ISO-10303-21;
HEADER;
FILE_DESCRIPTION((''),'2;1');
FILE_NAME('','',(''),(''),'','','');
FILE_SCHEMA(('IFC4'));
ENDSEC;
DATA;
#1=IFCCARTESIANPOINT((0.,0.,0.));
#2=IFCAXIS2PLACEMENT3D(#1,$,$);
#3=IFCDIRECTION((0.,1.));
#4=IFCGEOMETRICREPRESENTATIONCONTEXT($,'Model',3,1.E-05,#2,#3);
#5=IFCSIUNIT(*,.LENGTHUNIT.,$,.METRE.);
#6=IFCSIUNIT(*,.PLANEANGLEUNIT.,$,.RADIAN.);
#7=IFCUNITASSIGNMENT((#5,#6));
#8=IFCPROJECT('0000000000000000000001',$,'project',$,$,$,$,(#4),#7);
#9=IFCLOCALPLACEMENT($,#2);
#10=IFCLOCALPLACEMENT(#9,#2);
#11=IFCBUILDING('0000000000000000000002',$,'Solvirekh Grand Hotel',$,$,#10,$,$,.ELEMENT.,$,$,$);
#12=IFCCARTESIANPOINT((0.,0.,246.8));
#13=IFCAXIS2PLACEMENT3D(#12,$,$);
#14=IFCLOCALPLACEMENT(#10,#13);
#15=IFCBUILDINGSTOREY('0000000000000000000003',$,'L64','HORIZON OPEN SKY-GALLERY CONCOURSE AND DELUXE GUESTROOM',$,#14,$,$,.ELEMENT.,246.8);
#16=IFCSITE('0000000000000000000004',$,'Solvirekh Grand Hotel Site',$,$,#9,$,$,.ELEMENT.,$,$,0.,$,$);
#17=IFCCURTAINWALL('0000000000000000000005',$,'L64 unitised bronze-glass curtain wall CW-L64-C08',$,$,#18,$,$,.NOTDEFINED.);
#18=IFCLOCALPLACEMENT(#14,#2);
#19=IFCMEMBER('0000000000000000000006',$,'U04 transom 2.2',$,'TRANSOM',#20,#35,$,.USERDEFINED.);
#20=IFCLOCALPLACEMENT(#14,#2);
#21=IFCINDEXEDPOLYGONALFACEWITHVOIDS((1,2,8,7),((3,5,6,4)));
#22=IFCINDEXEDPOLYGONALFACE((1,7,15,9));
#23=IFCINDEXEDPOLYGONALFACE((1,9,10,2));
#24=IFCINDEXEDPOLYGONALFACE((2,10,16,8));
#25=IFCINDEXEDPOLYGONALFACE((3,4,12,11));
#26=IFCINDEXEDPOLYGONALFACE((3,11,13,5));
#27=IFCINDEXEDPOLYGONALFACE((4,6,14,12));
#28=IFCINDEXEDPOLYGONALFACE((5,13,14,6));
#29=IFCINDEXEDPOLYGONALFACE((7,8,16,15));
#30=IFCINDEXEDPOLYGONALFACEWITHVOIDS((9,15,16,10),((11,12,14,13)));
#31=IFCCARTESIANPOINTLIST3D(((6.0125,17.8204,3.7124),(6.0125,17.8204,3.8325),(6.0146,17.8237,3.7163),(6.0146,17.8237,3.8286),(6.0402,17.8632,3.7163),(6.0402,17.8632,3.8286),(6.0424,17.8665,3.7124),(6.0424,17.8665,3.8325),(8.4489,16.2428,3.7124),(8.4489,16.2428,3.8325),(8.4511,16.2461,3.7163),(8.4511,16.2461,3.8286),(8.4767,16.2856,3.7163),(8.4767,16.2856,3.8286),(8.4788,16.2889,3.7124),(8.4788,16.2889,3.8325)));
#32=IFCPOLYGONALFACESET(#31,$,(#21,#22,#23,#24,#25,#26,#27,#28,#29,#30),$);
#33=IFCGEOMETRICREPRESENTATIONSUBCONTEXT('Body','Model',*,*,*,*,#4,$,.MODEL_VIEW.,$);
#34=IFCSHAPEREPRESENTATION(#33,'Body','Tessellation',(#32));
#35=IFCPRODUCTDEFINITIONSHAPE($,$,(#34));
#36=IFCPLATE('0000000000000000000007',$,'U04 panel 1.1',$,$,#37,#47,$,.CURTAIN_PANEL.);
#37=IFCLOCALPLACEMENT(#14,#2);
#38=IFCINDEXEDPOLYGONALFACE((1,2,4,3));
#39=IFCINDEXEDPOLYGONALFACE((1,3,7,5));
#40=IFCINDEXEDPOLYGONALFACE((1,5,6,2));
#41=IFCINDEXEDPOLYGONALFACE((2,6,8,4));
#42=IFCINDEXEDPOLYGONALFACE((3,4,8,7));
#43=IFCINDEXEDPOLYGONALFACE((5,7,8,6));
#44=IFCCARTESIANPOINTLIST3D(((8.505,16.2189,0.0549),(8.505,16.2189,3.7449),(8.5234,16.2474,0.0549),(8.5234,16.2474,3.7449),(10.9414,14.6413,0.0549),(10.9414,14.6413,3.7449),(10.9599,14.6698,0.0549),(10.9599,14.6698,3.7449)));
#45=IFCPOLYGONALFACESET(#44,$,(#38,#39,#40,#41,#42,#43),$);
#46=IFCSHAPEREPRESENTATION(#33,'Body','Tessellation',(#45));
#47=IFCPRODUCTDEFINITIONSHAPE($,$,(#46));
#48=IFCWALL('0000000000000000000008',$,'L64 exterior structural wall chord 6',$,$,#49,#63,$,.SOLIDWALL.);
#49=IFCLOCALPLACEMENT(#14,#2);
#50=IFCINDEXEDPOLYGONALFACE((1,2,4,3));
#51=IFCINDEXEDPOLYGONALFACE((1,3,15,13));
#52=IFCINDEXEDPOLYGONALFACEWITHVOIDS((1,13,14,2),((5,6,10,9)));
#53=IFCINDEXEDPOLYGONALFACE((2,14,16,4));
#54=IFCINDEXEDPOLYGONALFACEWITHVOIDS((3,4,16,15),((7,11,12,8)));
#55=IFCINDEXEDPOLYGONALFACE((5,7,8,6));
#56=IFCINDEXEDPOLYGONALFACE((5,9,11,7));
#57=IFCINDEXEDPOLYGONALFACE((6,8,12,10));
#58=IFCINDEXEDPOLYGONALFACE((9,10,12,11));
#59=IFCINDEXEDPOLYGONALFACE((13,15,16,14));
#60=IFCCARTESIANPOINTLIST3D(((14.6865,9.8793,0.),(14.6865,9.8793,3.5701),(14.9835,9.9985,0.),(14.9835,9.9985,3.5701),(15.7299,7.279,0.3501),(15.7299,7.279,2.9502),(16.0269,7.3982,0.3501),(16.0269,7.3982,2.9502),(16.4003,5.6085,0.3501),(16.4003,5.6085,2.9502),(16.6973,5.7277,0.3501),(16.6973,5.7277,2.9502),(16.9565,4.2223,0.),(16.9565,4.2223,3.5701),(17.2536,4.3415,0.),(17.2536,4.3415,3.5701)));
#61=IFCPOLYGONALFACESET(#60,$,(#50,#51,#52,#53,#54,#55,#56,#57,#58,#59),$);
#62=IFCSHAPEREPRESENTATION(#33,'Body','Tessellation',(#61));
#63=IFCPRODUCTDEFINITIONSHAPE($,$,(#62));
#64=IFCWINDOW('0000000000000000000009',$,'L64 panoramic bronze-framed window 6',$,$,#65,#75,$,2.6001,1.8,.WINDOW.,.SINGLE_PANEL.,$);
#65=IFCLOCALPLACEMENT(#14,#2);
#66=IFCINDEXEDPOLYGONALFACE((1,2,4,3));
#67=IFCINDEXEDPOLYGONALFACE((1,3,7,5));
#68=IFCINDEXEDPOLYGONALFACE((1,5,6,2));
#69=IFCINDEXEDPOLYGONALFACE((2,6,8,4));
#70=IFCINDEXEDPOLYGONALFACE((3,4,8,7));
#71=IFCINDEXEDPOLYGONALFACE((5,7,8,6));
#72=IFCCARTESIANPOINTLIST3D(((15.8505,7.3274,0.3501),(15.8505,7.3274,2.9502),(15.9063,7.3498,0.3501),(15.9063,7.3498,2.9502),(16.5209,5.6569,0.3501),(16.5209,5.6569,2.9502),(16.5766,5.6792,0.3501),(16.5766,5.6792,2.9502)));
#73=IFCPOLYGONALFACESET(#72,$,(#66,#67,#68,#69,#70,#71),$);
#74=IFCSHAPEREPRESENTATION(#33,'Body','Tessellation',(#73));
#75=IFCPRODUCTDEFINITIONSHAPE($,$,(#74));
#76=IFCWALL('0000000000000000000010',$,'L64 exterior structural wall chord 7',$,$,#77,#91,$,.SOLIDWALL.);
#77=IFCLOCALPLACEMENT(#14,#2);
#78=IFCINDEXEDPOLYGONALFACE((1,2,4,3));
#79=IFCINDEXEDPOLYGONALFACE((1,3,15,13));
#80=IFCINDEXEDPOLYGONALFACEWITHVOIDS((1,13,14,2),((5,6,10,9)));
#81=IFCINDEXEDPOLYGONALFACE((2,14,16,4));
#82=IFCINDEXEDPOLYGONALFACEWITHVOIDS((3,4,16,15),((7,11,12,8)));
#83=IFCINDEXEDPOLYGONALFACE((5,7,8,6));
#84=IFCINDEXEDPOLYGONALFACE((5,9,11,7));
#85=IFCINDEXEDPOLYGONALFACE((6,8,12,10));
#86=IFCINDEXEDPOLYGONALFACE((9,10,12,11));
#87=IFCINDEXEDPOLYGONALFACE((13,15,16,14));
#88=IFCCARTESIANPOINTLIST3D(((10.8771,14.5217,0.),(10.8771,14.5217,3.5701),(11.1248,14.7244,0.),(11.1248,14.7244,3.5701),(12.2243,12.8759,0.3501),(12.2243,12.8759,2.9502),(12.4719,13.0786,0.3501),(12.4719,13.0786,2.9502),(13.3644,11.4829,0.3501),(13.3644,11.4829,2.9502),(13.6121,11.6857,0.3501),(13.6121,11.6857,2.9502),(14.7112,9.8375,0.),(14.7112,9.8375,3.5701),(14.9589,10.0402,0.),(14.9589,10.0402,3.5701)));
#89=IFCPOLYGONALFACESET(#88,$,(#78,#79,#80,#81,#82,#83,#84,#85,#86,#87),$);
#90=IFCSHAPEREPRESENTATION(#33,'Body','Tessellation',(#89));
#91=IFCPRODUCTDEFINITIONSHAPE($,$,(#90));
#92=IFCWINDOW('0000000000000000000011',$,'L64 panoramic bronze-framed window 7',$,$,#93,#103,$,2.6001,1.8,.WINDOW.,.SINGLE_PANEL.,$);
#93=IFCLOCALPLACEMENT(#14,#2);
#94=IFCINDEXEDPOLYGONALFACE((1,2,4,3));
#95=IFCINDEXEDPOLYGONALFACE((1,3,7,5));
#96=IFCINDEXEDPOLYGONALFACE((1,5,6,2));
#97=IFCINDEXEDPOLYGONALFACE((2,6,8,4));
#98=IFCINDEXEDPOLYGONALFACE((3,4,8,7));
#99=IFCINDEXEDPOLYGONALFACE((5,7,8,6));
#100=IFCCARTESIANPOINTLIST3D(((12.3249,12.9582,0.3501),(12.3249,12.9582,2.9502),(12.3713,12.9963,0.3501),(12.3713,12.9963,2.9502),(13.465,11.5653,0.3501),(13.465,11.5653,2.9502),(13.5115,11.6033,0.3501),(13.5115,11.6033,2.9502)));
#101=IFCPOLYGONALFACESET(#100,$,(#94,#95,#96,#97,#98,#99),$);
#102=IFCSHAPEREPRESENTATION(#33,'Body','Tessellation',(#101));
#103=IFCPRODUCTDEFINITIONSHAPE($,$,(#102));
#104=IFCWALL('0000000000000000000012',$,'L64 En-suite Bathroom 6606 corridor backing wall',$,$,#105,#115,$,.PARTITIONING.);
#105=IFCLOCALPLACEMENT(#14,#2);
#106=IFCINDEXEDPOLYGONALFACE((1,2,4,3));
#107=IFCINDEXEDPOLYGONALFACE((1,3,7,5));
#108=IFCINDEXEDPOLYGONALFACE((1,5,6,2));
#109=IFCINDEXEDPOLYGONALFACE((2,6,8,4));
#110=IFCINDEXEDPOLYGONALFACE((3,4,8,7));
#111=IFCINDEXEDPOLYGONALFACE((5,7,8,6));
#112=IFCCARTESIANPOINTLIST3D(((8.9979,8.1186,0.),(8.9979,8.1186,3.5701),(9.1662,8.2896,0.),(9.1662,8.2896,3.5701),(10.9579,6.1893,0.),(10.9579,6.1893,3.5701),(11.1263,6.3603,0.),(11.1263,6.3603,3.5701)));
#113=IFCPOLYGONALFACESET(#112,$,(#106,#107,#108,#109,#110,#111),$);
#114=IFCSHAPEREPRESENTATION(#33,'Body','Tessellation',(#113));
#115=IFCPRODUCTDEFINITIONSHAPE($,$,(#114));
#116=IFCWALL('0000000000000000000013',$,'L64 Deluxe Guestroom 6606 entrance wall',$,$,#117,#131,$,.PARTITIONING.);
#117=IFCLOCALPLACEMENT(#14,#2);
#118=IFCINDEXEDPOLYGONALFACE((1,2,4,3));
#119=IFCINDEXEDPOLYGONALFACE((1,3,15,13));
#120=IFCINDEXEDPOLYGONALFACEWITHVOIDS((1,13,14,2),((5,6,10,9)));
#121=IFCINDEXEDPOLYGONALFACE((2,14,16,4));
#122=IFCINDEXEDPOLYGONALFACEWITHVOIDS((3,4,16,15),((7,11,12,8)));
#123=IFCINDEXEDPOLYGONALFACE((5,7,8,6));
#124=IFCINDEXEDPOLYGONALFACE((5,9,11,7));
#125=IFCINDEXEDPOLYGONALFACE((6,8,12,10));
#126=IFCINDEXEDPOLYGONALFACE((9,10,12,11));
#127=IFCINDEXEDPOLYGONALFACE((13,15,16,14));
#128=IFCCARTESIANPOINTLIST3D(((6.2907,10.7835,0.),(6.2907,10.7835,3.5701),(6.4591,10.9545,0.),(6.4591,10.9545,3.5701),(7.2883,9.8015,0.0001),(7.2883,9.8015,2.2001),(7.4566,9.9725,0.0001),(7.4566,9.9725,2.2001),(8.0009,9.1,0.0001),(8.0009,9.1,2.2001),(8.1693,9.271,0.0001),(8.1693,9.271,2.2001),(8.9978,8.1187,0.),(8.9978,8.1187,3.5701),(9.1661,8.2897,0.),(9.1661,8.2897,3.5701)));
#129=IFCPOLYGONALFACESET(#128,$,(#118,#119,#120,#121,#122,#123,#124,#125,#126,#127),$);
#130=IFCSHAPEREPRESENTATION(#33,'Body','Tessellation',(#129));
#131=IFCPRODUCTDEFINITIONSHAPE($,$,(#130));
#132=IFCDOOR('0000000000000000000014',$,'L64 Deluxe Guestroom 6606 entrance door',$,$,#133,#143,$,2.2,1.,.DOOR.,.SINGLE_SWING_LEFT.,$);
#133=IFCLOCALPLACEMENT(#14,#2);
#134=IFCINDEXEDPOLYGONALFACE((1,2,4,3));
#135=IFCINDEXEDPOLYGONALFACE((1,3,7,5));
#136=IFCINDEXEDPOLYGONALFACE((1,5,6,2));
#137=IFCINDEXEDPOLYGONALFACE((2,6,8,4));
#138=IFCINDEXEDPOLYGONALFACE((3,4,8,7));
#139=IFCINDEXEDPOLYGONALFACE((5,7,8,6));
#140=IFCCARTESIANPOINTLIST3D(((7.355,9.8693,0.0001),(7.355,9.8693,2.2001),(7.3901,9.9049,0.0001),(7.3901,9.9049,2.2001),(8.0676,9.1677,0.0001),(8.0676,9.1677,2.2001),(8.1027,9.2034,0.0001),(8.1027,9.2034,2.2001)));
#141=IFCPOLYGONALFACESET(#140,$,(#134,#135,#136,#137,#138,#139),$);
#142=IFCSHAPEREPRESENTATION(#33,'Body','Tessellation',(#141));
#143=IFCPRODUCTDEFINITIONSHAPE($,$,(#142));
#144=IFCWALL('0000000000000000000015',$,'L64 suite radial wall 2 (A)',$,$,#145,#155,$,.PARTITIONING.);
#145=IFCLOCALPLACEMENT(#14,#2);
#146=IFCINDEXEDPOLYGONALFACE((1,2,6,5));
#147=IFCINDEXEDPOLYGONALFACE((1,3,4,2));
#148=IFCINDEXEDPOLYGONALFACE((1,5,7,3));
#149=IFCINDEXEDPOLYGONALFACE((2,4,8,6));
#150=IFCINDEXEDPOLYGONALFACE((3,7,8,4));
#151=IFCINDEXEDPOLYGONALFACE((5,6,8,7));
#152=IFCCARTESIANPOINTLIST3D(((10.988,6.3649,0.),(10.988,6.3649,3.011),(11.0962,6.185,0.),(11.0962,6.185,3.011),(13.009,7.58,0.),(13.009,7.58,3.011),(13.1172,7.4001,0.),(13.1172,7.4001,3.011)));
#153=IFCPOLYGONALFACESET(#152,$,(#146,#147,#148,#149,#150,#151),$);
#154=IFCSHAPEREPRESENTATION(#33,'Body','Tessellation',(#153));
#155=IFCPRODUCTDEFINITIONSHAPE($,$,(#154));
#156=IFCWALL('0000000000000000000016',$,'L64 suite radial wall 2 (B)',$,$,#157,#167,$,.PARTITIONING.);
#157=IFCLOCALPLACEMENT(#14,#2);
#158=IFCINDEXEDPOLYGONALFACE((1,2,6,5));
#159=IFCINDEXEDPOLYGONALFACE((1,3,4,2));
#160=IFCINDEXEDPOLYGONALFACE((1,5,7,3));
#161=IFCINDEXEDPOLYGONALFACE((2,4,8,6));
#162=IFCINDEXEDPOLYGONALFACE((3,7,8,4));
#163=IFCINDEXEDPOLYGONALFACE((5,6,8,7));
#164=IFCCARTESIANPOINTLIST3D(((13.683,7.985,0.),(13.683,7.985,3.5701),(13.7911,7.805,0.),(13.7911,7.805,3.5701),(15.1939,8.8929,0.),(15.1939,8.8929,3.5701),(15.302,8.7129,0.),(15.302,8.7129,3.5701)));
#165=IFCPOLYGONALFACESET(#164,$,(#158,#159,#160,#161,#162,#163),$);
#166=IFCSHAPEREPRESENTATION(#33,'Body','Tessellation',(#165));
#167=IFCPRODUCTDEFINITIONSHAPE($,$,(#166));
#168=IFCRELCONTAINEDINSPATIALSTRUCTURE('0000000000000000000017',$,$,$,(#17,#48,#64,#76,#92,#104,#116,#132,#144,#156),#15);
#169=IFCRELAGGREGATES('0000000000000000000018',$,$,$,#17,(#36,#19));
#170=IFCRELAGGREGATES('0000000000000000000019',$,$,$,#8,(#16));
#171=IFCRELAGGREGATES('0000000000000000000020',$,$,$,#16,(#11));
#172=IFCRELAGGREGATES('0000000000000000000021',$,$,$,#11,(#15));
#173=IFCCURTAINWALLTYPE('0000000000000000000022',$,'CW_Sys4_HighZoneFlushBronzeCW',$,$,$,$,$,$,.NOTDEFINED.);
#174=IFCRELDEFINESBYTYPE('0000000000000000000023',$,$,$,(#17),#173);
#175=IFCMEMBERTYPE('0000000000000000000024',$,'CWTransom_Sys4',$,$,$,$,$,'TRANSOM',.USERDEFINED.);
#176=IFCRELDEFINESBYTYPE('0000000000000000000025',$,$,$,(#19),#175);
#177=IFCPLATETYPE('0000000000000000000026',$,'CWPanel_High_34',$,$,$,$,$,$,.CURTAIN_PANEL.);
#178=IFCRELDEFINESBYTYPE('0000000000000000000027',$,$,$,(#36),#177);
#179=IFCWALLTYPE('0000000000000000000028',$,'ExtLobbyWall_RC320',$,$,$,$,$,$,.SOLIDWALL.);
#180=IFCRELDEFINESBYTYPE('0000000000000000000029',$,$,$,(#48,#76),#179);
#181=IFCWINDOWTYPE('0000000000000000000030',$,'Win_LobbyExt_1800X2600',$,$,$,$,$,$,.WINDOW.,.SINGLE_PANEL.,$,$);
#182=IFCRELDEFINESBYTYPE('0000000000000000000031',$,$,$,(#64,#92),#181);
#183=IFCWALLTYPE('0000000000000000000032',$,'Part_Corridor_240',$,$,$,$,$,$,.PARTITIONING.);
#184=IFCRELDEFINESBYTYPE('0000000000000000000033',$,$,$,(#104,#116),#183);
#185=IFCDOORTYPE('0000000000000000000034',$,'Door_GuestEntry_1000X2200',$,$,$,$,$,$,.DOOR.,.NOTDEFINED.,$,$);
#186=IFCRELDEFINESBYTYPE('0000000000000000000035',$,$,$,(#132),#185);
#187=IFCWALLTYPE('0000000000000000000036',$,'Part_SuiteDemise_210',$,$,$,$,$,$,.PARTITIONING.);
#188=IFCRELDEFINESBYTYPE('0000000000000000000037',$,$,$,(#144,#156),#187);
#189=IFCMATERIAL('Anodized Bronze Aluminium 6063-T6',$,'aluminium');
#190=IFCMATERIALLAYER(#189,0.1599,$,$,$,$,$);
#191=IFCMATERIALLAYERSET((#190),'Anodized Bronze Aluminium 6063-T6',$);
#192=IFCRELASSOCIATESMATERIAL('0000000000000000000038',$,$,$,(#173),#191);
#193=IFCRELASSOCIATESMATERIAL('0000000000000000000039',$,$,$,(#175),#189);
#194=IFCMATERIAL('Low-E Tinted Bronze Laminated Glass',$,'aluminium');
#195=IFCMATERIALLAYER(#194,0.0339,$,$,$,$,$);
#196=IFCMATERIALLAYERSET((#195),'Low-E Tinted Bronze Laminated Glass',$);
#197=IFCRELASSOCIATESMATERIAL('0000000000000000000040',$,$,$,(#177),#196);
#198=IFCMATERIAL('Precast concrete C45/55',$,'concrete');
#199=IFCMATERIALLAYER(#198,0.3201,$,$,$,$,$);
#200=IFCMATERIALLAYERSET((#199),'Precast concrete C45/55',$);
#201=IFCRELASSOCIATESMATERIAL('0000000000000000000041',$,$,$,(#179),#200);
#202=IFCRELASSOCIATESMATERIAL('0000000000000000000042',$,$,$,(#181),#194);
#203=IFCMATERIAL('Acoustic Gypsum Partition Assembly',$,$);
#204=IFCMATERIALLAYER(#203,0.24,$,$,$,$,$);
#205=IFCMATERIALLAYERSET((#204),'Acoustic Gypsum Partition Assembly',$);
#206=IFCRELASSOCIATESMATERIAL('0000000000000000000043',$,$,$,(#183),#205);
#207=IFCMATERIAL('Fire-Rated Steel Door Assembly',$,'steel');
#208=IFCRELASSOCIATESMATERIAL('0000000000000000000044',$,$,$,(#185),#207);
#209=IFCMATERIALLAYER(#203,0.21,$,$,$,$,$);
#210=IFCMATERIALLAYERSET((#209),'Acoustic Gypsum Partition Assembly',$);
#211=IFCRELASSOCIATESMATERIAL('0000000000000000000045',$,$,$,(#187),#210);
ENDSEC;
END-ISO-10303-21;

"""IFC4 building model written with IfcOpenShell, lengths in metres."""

from ifc_helpers import new_model, si_unit, direction, frame, frame_2d, origin, origin_2d, place, context, subcontext, project, spatial, rectangle, hollow_rectangle, extrude, source, transform, mapped, material, layer, layer_set, material_profile, profile_set, type_object, element, fill, aggregate, save


model = new_model("IFC4")

# Units and contexts
model_context = context("Model", 3, precision=1e-05, world=origin(), true_north=direction((0.0, 1.0)))
body_context = subcontext(model_context, "Body", "Model", "MODEL_VIEW")
ifc_project = project(units=[si_unit("LENGTHUNIT", "METRE"), si_unit("PLANEANGLEUNIT", "RADIAN")], contexts=[model_context])

# Site, building, storey
site_placement = place(None, origin())
site = spatial("IfcSite", under=ifc_project, at=site_placement, Name="Solvirekh Grand Hotel Site", CompositionType="ELEMENT", RefElevation=0.0)
building_placement = place(site_placement, origin())
building = spatial("IfcBuilding", under=site, at=building_placement, Name="Solvirekh Grand Hotel", CompositionType="ELEMENT")
storey_placement = place(building_placement, frame((0.0, 0.0, 246.8)))
storey = spatial("IfcBuildingStorey", under=building, at=storey_placement, Name="L64", Description="HORIZON OPEN SKY-GALLERY CONCOURSE AND DELUXE GUESTROOM", CompositionType="ELEMENT", Elevation=246.8)

# Curtain wall, member, plate
ifc_material_1 = material(Name="Anodized Bronze Aluminium 6063-T6", Category="aluminium")
ifc_layer_1 = layer(ifc_material_1, 0.1599)
ifc_layer_set_1 = layer_set([ifc_layer_1], Name="Anodized Bronze Aluminium 6063-T6")
curtain_wall_type = type_object("IfcCurtainWallType", Name="CW_Sys4_HighZoneFlushBronzeCW", PredefinedType="NOTDEFINED", material=ifc_layer_set_1)
curtain_wall_placement = place(storey_placement, origin())
curtain_wall = element("IfcCurtainWall", 1, at=curtain_wall_placement, inside=storey, type_object=curtain_wall_type, Name="L64 unitised bronze-glass curtain wall CW-L64-C08", PredefinedType="NOTDEFINED")
ifc_material_profile_1 = material_profile(ifc_material_1, hollow_rectangle(XDim=0.0549, YDim=0.1201, WallThickness=0.0039, at=origin_2d()), Name="ALU RHS 120X55X4")
ifc_profile_set_1 = profile_set([ifc_material_profile_1], Name="Anodized Bronze Aluminium 6063-T6")
member_type_1 = type_object("IfcMemberType", Name="CWTransom_Sys4", ElementType="TRANSOM", PredefinedType="USERDEFINED", material=ifc_profile_set_1)
shared_shape_1 = source(origin(), body_context, "Body", "SweptSolid", [
    extrude(hollow_rectangle(XDim=0.0549, YDim=0.1201, WallThickness=0.0039, at=origin_2d()), origin(), (0.0, 0.0, 1.0), 2.9026),
])
member_1_placement = place(storey_placement, frame((8.4639, 16.2659, 3.7725), z_axis=(-0.839403, 0.543509, 0.0), x_axis=(-0.543509, -0.839403, 0.0)))
member_1 = element("IfcMember", 2, at=member_1_placement, type_object=member_type_1, Name="U04 transom 2.2", ObjectType="TRANSOM", PredefinedType="USERDEFINED", context=body_context, shape_type="MappedRepresentation", body=[
    mapped(shared_shape_1, transform((0.0, 0.0, 0.0), x_axis=(1.0, 0.0, 0.0), y_axis=(0.0, 1.0, 0.0), z_axis=(0.0, 0.0, 1.0), scale=1.0)),
])
ifc_material_2 = material(Name="Low-E Tinted Bronze Laminated Glass", Category="aluminium")
ifc_layer_2 = layer(ifc_material_2, 0.0339)
ifc_layer_set_2 = layer_set([ifc_layer_2], Name="Low-E Tinted Bronze Laminated Glass")
plate_type = type_object("IfcPlateType", Name="CWPanel_High_34", PredefinedType="CURTAIN_PANEL", material=ifc_layer_set_2)
shared_shape_2 = source(origin(), body_context, "Body", "SweptSolid", [
    extrude(rectangle(XDim=2.9026, YDim=0.0339, at=origin_2d()), origin(), (0.0, 0.0, 1.0), 3.6899),
])
plate_placement = place(storey_placement, frame((9.7324, 15.4443, 0.0549), z_axis=(0.0, 0.0, 1.0), x_axis=(-0.839404, 0.543508, 0.0)))
plate = element("IfcPlate", 3, at=plate_placement, type_object=plate_type, Name="U04 panel 1.1", PredefinedType="CURTAIN_PANEL", context=body_context, shape_type="MappedRepresentation", body=[
    mapped(shared_shape_2, transform((0.0, 0.0, 0.0), x_axis=(1.0, 0.0, 0.0), y_axis=(0.0, 1.0, 0.0), z_axis=(0.0, 0.0, 1.0), scale=1.0)),
])
aggregate(curtain_wall, [plate, member_1])

# Walls, openings, windows
ifc_material_3 = material(Name="Precast concrete C45/55", Category="concrete")
ifc_layer_3 = layer(ifc_material_3, 0.3201)
ifc_layer_set_3 = layer_set([ifc_layer_3], Name="Precast concrete C45/55")
wall_type_1 = type_object("IfcWallType", Name="ExtLobbyWall_RC320", PredefinedType="SOLIDWALL", material=ifc_layer_set_3)
wall_1_placement = place(storey_placement, frame((14.835, 9.939, 0.0), z_axis=(0.0, 0.0, 1.0), x_axis=(0.372412, -0.928067, 0.0)))
wall_1 = element("IfcWall", 4, at=wall_1_placement, inside=storey, type_object=wall_type_1, Name="L64 exterior structural wall chord 6", PredefinedType="SOLIDWALL", context=body_context, shape_type="SweptSolid", body=[
    extrude(rectangle(XDim=6.0955, YDim=0.3201, at=frame_2d((3.0479, 0.0))), origin(), (0.0, 0.0, 1.0), 3.5701),
])
opening_1_placement = place(wall_1_placement, frame((2.802, 0.0, 0.3501)))
opening_1 = element("IfcOpeningElement", 5, at=opening_1_placement, cuts=wall_1, PredefinedType="OPENING", context=body_context, shape_type="SweptSolid", body=[
    extrude(rectangle(XDim=1.8, YDim=2.6001, at=frame_2d((0.8999, 1.3))), frame((0.0, 0.1699, 0.0), z_axis=(0.0, -1.0, 0.0), x_axis=(1.0, 0.0, 0.0)), (0.0, 0.0, 1.0), 0.3401),
])
window_type = type_object("IfcWindowType", Name="Win_LobbyExt_1800X2600", PartitioningType="SINGLE_PANEL", PredefinedType="WINDOW", material=ifc_material_2)
window_1_placement = place(opening_1_placement, origin())
window_1 = element("IfcWindow", 6, at=window_1_placement, inside=storey, type_object=window_type, Name="L64 panoramic bronze-framed window 6", OverallHeight=2.6001, OverallWidth=1.8, PartitioningType="SINGLE_PANEL", PredefinedType="WINDOW", context=body_context, shape_type="SweptSolid", body=[
    extrude(rectangle(XDim=1.8, YDim=2.6001, at=frame_2d((0.8999, 1.3))), frame((0.0, 0.03, 0.0), z_axis=(0.0, -1.0, 0.0), x_axis=(1.0, 0.0, 0.0)), (0.0, 0.0, 1.0), 0.0601),
])
fill(opening_1, window_1)
wall_2_placement = place(storey_placement, frame((11.001, 14.623, 0.0), z_axis=(0.0, 0.0, 1.0), x_axis=(0.633392, -0.773831, 0.0)))
wall_2 = element("IfcWall", 7, at=wall_2_placement, inside=storey, type_object=wall_type_1, Name="L64 exterior structural wall chord 7", PredefinedType="SOLIDWALL", context=body_context, shape_type="SweptSolid", body=[
    extrude(rectangle(XDim=6.0532, YDim=0.3201, at=frame_2d((3.0266, 0.0))), origin(), (0.0, 0.0, 1.0), 3.5701),
])
opening_2_placement = place(wall_2_placement, frame((2.127, 0.0, 0.3501)))
opening_2 = element("IfcOpeningElement", 8, at=opening_2_placement, cuts=wall_2, PredefinedType="OPENING", context=body_context, shape_type="SweptSolid", body=[
    extrude(rectangle(XDim=1.8, YDim=2.6001, at=frame_2d((0.8999, 1.3))), frame((0.0, 0.1699, 0.0), z_axis=(0.0, -1.0, 0.0), x_axis=(1.0, 0.0, 0.0)), (0.0, 0.0, 1.0), 0.3401),
])
window_2_placement = place(opening_2_placement, origin())
window_2 = element("IfcWindow", 9, at=window_2_placement, inside=storey, type_object=window_type, Name="L64 panoramic bronze-framed window 7", OverallHeight=2.6001, OverallWidth=1.8, PartitioningType="SINGLE_PANEL", PredefinedType="WINDOW", context=body_context, shape_type="SweptSolid", body=[
    extrude(rectangle(XDim=1.8, YDim=2.6001, at=frame_2d((0.8999, 1.3))), frame((0.0, 0.03, 0.0), z_axis=(0.0, -1.0, 0.0), x_axis=(1.0, 0.0, 0.0)), (0.0, 0.0, 1.0), 0.0601),
])
fill(opening_2, window_2)

# Wall
ifc_material_4 = material(Name="Acoustic Gypsum Partition Assembly")
ifc_layer_4 = layer(ifc_material_4, 0.24)
ifc_layer_set_4 = layer_set([ifc_layer_4], Name="Acoustic Gypsum Partition Assembly")
wall_type_2 = type_object("IfcWallType", Name="Part_Corridor_240", PredefinedType="PARTITIONING", material=ifc_layer_set_4)
wall_3_placement = place(storey_placement, frame((11.042, 6.2749, 0.0), z_axis=(0.0, 0.0, 1.0), x_axis=(-0.712677, 0.701492, 0.0)))
element("IfcWall", 10, at=wall_3_placement, inside=storey, type_object=wall_type_2, Name="L64 En-suite Bathroom 6606 corridor backing wall", PredefinedType="PARTITIONING", context=body_context, shape_type="SweptSolid", body=[
    extrude(rectangle(XDim=2.7502, YDim=0.24, at=frame_2d((1.375, 0.0))), origin(), (0.0, 0.0, 1.0), 3.5701),
])

# Wall, opening, door
wall_4_placement = place(storey_placement, frame((9.082, 8.2041, 0.0), z_axis=(0.0, 0.0, 1.0), x_axis=(-0.712644, 0.701525, 0.0)))
wall_4 = element("IfcWall", 11, at=wall_4_placement, inside=storey, type_object=wall_type_2, Name="L64 Deluxe Guestroom 6606 entrance wall", PredefinedType="PARTITIONING", context=body_context, shape_type="SweptSolid", body=[
    extrude(rectangle(XDim=3.7986, YDim=0.24, at=frame_2d((1.8994, 0.0))), origin(), (0.0, 0.0, 1.0), 3.5701),
])
opening_3_placement = place(wall_4_placement, frame((1.3989, 0.0, 0.0)))
opening_3 = element("IfcOpeningElement", 12, at=opening_3_placement, cuts=wall_4, PredefinedType="OPENING", context=body_context, shape_type="SweptSolid", body=[
    extrude(rectangle(XDim=1.0, YDim=2.2, at=frame_2d((0.5, 1.1001))), frame((0.0, 0.1299, 0.0), z_axis=(0.0, -1.0, 0.0), x_axis=(1.0, 0.0, 0.0)), (0.0, 0.0, 1.0), 0.26),
])
ifc_material_5 = material(Name="Fire-Rated Steel Door Assembly", Category="steel")
door_type_1 = type_object("IfcDoorType", Name="Door_GuestEntry_1000X2200", OperationType="NOTDEFINED", PredefinedType="DOOR", material=ifc_material_5)
door_1_placement = place(opening_3_placement, origin())
door_1 = element("IfcDoor", 13, at=door_1_placement, inside=storey, type_object=door_type_1, Name="L64 Deluxe Guestroom 6606 entrance door", OperationType="SINGLE_SWING_LEFT", OverallHeight=2.2, OverallWidth=1.0, PredefinedType="DOOR", context=body_context, shape_type="SweptSolid", body=[
    extrude(rectangle(XDim=1.0, YDim=2.2, at=frame_2d((0.5, 1.1001))), frame((0.0, 0.0249, 0.0), z_axis=(0.0, -1.0, 0.0), x_axis=(1.0, 0.0, 0.0)), (0.0, 0.0, 1.0), 0.05),
])
fill(opening_3, door_1)

# Walls
ifc_layer_5 = layer(ifc_material_4, 0.21)
ifc_layer_set_5 = layer_set([ifc_layer_5], Name="Acoustic Gypsum Partition Assembly")
wall_type_3 = type_object("IfcWallType", Name="Part_SuiteDemise_210", PredefinedType="PARTITIONING", material=ifc_layer_set_5)
wall_5_placement = place(storey_placement, frame((11.042, 6.2749, 0.0), z_axis=(0.0, 0.0, 1.0), x_axis=(0.857027, 0.515272, 0.0)))
element("IfcWall", 14, at=wall_5_placement, inside=storey, type_object=wall_type_3, Name="L64 suite radial wall 2 (A)", PredefinedType="PARTITIONING", context=body_context, shape_type="SweptSolid", body=[
    extrude(rectangle(XDim=2.3582, YDim=0.21, at=frame_2d((1.1792, 0.0))), origin(), (0.0, 0.0, 1.0), 3.011),
])
wall_6_placement = place(storey_placement, frame((13.7371, 7.895, 0.0), z_axis=(0.0, 0.0, 1.0), x_axis=(0.857151, 0.515066, 0.0)))
element("IfcWall", 15, at=wall_6_placement, inside=storey, type_object=wall_type_3, Name="L64 suite radial wall 2 (B)", PredefinedType="PARTITIONING", context=body_context, shape_type="SweptSolid", body=[
    extrude(rectangle(XDim=1.7627, YDim=0.21, at=frame_2d((0.8813, 0.0))), origin(), (0.0, 0.0, 1.0), 3.5701),
])

save(model, "model.ifc")
